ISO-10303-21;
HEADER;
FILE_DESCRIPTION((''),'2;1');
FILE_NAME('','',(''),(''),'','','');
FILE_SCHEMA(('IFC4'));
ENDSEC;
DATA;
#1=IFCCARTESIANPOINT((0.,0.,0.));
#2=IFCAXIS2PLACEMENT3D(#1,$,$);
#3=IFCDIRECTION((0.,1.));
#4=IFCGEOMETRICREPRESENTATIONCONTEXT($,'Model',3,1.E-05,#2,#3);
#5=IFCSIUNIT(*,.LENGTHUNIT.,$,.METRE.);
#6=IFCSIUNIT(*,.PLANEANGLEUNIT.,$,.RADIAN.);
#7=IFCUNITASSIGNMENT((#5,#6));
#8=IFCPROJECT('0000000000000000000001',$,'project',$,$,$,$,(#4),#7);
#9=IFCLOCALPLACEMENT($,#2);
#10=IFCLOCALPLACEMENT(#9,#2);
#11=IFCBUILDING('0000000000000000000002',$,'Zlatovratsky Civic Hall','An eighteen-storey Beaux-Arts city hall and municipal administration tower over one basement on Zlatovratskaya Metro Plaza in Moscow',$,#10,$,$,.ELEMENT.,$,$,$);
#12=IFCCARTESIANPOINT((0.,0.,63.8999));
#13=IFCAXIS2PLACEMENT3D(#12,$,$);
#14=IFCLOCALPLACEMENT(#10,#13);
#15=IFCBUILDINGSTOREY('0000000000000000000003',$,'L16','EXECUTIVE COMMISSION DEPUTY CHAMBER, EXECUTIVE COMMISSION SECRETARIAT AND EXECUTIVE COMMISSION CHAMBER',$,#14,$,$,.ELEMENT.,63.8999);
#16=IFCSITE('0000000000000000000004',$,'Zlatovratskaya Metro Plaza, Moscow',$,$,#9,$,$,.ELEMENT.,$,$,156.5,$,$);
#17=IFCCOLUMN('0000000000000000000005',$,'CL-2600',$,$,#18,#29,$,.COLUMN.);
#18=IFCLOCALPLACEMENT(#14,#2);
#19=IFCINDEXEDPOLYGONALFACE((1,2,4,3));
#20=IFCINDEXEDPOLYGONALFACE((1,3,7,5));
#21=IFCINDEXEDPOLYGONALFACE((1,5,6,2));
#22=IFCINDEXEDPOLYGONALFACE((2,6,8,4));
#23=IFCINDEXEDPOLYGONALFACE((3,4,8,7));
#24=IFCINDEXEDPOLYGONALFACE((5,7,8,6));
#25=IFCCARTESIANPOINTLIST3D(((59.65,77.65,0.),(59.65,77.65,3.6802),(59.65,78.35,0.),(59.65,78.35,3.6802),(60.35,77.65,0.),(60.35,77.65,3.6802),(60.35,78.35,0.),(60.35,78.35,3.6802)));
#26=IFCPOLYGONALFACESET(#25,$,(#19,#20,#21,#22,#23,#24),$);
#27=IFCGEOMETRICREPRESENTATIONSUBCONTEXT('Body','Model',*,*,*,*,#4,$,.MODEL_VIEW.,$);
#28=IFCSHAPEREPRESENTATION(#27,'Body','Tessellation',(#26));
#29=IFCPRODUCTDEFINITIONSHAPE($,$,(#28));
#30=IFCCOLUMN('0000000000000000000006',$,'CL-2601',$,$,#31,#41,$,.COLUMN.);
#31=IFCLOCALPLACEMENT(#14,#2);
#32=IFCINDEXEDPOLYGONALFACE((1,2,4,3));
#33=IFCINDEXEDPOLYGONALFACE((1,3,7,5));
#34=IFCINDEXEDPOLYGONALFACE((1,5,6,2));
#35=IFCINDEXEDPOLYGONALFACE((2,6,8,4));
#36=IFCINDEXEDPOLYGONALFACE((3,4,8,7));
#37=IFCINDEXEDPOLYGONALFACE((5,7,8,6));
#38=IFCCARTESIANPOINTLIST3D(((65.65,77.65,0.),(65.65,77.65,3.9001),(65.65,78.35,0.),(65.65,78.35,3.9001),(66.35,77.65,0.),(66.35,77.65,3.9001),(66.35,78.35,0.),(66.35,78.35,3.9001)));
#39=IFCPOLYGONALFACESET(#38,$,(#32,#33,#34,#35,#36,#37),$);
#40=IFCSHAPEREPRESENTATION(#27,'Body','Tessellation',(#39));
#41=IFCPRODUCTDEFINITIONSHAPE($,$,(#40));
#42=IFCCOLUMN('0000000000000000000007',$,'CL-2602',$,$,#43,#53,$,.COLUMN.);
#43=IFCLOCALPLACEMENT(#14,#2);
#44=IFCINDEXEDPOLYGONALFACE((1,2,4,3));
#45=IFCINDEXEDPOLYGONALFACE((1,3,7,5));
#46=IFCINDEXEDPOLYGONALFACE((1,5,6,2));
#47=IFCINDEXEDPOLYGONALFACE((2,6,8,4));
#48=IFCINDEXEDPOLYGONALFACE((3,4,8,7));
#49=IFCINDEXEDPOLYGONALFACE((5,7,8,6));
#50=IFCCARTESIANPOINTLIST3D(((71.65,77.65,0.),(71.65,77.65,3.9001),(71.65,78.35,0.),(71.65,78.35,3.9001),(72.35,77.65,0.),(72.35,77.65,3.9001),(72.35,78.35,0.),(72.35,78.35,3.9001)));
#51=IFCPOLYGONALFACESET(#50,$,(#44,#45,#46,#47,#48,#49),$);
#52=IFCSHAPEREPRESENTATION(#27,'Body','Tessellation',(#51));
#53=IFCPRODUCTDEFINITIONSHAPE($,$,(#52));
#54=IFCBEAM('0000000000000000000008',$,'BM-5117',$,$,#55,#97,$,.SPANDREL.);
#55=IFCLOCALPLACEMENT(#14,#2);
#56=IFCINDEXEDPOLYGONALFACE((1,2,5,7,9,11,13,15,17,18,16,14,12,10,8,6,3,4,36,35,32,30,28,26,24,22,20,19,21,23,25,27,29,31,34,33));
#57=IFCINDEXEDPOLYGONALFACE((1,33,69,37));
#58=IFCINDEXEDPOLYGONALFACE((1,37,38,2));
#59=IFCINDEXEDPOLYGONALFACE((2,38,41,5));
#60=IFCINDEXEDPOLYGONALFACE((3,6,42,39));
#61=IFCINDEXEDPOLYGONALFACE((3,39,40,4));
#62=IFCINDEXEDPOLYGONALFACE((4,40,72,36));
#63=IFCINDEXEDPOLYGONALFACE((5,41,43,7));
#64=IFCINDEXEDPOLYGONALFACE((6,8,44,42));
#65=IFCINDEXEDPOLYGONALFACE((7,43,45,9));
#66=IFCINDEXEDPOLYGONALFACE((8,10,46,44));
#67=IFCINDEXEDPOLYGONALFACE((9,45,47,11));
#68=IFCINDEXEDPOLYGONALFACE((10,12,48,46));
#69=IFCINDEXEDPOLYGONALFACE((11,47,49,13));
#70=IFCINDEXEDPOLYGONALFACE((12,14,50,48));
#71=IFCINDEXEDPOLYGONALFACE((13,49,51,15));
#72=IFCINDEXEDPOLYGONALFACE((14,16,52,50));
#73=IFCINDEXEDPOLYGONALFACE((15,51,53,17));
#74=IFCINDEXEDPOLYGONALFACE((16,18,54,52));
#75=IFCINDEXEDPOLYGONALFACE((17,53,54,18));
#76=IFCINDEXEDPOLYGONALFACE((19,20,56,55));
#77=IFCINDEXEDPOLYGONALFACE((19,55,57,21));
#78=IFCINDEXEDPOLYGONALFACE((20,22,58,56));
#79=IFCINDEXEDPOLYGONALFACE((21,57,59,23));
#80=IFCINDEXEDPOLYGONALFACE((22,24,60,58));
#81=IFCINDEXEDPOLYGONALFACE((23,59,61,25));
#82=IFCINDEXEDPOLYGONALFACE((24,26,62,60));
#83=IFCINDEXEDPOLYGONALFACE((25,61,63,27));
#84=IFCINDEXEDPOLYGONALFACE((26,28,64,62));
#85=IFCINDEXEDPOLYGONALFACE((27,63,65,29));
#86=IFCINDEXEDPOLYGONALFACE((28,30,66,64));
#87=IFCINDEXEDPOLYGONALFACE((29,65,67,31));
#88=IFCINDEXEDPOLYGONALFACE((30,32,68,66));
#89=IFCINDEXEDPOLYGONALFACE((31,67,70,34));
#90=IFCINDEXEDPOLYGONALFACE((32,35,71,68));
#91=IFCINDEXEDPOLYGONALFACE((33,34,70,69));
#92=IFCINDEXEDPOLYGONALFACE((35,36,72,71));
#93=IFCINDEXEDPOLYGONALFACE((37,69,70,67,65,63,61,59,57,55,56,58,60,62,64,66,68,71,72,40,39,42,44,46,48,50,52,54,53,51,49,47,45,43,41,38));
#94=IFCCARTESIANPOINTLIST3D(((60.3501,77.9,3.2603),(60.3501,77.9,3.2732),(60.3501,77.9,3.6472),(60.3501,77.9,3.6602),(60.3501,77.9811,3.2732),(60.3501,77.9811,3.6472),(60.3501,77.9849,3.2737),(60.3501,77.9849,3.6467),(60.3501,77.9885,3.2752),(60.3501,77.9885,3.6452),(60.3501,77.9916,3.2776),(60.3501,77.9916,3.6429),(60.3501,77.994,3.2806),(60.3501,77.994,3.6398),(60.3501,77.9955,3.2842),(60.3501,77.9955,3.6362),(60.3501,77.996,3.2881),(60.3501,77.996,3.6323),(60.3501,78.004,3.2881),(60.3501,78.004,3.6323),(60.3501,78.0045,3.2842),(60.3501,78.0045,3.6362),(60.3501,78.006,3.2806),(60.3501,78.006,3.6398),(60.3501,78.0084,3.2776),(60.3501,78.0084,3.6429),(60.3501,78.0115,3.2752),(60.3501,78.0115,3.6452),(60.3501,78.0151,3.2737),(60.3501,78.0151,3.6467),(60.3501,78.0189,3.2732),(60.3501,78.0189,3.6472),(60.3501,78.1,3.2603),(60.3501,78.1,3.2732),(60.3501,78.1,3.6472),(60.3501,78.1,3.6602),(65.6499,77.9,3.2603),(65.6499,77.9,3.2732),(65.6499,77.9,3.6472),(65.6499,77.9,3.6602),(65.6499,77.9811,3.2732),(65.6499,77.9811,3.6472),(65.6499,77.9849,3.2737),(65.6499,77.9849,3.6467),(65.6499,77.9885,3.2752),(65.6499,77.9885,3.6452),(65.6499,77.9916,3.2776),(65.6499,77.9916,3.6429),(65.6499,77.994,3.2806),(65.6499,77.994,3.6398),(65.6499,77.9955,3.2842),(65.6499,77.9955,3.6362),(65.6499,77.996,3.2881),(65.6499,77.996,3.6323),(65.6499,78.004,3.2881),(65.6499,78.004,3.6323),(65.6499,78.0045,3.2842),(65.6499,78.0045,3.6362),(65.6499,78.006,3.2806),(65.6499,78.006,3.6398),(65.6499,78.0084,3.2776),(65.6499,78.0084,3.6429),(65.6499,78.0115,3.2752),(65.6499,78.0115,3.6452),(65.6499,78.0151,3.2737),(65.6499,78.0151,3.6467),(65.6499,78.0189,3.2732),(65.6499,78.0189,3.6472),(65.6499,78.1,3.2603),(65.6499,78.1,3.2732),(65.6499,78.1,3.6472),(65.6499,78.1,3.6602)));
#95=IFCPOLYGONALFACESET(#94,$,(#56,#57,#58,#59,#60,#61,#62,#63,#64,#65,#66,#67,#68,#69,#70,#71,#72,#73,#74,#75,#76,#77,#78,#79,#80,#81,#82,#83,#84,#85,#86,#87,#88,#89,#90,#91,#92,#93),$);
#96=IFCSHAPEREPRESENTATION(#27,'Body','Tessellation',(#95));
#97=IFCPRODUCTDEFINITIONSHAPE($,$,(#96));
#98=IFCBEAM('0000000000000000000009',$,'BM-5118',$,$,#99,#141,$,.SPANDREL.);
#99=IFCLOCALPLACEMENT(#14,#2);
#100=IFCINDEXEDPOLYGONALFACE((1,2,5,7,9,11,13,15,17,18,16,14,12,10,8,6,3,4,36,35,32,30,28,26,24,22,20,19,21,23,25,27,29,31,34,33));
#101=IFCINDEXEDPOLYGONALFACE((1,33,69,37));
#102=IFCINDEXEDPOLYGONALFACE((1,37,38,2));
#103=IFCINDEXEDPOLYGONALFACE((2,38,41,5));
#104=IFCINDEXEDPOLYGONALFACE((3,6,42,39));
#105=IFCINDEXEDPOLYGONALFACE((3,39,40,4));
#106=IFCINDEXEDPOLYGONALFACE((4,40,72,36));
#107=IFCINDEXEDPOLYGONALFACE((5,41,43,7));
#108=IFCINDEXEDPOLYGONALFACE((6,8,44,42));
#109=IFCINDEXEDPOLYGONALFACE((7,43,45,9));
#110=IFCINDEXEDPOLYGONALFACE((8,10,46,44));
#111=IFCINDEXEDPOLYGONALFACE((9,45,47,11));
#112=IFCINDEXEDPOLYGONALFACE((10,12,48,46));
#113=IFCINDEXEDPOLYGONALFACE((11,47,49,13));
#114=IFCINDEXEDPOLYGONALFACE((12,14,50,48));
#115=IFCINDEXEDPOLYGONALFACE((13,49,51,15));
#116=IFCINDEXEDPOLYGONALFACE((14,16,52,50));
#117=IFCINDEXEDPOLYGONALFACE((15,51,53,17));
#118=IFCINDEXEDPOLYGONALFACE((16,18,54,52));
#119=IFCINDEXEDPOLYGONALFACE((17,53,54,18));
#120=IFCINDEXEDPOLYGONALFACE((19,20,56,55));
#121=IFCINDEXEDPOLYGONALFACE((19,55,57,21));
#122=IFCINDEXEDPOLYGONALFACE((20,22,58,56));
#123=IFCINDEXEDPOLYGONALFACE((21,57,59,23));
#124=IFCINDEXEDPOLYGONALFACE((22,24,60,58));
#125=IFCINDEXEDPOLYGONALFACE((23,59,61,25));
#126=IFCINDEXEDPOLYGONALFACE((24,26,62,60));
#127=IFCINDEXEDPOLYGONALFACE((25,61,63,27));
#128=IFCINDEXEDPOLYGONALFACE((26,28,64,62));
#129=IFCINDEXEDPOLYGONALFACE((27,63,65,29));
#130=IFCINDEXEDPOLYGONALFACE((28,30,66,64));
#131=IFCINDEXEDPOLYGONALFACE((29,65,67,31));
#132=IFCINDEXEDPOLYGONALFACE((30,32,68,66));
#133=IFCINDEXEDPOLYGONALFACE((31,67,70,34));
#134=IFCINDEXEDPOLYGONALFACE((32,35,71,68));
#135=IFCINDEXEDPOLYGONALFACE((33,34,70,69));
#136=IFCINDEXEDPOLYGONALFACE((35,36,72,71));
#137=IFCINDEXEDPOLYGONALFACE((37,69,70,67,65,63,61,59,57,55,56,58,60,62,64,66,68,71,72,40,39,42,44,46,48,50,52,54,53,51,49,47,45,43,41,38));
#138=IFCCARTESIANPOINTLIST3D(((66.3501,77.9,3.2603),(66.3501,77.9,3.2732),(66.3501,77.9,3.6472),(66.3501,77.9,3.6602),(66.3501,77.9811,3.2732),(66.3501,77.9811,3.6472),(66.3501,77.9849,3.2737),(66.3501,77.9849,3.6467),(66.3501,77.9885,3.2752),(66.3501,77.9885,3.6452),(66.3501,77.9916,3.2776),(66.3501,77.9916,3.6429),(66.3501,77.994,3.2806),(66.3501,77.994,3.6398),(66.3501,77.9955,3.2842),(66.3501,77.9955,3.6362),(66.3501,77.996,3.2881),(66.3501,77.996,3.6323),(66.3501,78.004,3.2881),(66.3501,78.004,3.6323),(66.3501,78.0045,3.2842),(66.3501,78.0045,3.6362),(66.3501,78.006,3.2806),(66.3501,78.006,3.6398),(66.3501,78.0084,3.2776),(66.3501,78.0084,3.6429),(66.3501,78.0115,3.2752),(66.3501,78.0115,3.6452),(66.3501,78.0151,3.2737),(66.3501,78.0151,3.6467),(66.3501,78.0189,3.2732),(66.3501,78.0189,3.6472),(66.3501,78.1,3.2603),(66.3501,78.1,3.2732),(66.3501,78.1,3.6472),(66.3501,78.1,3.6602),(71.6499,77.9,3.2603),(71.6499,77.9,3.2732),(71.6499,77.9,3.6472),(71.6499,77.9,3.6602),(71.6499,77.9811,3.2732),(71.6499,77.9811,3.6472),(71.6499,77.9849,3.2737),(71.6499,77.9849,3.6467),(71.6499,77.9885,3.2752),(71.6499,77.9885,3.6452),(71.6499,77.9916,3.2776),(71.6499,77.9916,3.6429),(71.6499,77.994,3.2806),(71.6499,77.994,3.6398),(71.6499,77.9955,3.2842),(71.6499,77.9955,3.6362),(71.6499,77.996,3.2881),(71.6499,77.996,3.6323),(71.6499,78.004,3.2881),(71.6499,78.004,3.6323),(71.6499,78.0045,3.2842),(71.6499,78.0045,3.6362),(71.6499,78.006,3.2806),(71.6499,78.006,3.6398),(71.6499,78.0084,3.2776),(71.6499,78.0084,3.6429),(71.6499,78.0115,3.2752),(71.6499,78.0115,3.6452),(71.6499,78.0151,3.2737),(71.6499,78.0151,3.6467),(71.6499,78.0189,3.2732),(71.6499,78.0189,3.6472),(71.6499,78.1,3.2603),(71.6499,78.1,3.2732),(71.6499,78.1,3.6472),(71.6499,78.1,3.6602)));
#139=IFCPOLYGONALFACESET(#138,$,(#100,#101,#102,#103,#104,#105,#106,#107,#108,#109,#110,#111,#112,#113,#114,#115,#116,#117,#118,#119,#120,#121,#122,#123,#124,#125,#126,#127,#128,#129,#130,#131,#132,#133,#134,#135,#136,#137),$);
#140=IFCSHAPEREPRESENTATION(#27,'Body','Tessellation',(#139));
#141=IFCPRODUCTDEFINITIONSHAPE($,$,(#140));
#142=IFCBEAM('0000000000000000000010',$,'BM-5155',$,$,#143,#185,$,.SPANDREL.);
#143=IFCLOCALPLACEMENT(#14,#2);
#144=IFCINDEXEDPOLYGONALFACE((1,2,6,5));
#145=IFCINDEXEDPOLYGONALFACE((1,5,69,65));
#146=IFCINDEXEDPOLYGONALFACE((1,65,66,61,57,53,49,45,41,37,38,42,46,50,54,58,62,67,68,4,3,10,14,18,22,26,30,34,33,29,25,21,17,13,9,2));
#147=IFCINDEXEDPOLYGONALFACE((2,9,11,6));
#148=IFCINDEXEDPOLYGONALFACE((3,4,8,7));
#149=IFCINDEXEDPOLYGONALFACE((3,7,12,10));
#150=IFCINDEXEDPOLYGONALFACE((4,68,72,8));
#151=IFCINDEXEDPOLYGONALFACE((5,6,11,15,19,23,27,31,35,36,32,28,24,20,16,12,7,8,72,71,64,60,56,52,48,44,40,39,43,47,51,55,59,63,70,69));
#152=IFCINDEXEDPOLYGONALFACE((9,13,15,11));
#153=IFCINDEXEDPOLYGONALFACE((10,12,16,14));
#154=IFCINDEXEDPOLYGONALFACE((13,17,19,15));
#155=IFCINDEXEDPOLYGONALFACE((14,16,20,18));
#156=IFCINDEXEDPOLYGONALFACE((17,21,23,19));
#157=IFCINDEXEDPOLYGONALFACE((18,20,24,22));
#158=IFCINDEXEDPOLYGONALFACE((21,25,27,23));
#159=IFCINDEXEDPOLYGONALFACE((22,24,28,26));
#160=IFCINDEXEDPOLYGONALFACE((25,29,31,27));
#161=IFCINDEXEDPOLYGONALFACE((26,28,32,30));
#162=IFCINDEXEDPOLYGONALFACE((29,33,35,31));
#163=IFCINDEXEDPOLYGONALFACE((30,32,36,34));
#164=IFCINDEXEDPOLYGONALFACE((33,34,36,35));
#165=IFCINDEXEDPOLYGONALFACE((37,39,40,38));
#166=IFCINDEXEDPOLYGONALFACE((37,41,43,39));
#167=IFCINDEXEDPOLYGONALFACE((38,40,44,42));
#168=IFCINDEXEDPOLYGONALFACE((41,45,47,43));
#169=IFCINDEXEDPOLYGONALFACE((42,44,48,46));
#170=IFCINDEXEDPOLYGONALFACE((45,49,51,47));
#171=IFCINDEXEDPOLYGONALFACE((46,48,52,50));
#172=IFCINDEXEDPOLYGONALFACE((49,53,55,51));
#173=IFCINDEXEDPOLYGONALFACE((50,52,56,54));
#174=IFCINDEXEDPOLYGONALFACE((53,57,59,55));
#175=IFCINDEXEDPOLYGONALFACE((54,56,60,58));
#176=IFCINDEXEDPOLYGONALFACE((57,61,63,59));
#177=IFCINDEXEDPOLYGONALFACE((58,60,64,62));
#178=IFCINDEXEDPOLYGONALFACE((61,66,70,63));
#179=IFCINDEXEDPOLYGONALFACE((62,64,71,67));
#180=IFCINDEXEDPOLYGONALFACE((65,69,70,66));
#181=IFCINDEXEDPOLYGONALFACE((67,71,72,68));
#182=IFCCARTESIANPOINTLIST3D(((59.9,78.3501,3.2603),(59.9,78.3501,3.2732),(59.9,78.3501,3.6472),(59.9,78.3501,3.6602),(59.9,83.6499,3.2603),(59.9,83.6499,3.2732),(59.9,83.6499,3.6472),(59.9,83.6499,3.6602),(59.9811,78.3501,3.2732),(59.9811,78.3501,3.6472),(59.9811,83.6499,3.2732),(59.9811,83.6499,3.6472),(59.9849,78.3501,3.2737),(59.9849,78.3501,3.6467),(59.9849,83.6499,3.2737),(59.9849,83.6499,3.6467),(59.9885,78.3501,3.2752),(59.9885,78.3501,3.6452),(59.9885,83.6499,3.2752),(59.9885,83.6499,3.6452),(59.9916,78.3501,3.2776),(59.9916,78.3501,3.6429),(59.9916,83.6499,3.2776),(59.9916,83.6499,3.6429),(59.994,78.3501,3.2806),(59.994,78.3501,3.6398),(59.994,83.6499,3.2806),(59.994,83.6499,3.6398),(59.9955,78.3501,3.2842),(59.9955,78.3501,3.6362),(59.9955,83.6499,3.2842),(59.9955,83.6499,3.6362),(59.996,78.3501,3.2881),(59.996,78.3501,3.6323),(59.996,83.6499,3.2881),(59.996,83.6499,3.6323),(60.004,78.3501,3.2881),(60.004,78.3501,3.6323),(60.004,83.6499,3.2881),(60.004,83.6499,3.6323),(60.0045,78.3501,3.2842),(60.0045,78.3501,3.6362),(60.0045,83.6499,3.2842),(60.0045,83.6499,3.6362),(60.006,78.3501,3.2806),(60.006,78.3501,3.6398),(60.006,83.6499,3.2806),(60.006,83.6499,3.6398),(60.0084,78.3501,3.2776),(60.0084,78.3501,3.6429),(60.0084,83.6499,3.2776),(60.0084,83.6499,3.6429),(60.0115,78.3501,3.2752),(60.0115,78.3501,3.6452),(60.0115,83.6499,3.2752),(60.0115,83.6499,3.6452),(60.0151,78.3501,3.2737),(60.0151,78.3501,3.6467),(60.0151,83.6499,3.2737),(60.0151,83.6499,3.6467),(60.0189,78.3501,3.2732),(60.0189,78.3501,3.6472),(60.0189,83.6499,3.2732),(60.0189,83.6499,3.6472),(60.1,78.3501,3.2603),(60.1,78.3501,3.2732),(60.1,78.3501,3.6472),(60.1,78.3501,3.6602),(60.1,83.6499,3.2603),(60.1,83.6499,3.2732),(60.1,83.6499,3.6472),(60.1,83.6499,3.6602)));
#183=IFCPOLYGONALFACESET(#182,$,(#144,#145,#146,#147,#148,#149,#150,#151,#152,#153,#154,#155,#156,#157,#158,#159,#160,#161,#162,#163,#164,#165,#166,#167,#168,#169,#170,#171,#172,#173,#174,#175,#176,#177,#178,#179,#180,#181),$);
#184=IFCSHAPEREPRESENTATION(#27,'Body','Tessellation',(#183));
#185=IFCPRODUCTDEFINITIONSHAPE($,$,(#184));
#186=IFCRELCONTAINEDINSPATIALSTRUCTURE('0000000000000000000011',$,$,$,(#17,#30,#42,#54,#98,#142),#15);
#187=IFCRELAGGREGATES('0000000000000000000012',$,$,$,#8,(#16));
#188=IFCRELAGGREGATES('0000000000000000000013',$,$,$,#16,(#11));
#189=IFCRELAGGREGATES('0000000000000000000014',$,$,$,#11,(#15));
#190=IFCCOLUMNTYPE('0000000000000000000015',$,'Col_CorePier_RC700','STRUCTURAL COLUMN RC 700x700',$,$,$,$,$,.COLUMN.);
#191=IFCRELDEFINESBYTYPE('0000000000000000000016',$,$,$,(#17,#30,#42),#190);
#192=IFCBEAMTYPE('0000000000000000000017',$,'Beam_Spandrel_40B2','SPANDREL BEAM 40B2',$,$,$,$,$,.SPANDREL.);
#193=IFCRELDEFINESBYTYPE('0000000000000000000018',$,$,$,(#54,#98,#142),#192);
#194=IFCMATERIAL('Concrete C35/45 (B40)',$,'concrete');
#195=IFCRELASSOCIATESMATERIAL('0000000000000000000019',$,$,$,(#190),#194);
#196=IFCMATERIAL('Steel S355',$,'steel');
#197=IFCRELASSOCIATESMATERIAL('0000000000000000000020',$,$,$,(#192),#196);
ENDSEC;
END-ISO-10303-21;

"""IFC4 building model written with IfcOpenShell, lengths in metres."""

from ifc_helpers import new_model, si_unit, direction, frame, origin, origin_2d, place, context, subcontext, project, spatial, rectangle, i_section, extrude, material, material_profile, profile_set, type_object, element, save


model = new_model("IFC4")

# Units and contexts
model_context = context("Model", 3, precision=1e-05, world=origin(), true_north=direction((0.0, 1.0)))
body_context = subcontext(model_context, "Body", "Model", "MODEL_VIEW")
ifc_project = project(units=[si_unit("LENGTHUNIT", "METRE"), si_unit("PLANEANGLEUNIT", "RADIAN")], contexts=[model_context])

# Site, building, storey
site_placement = place(None, origin())
site = spatial("IfcSite", under=ifc_project, at=site_placement, Name="Zlatovratskaya Metro Plaza, Moscow", CompositionType="ELEMENT", RefElevation=156.5)
building_placement = place(site_placement, origin())
building = spatial("IfcBuilding", under=site, at=building_placement, Name="Zlatovratsky Civic Hall", Description="An eighteen-storey Beaux-Arts city hall and municipal administration tower over one basement on Zlatovratskaya Metro Plaza in Moscow", CompositionType="ELEMENT")
storey_placement = place(building_placement, frame((0.0, 0.0, 63.8999)))
storey = spatial("IfcBuildingStorey", under=building, at=storey_placement, Name="L16", Description="EXECUTIVE COMMISSION DEPUTY CHAMBER, EXECUTIVE COMMISSION SECRETARIAT AND EXECUTIVE COMMISSION CHAMBER", CompositionType="ELEMENT", Elevation=63.8999)

# Columns
ifc_material_1 = material(Name="Concrete C35/45 (B40)", Category="concrete")
ifc_material_profile_1 = material_profile(ifc_material_1, rectangle(XDim=0.7, YDim=0.7, at=origin_2d()), Name="RC 700x700")
ifc_profile_set_1 = profile_set([ifc_material_profile_1], Name="Concrete C35/45 (B40)")
column_type = type_object("IfcColumnType", Name="Col_CorePier_RC700", Description="STRUCTURAL COLUMN RC 700x700", PredefinedType="COLUMN", material=ifc_profile_set_1)
column_placement = place(storey_placement, frame((60.0, 78.0, 0.0), z_axis=(0.0, 0.0, 1.0), x_axis=(1.0, 0.0, 0.0)))
element("IfcColumn", 1, at=column_placement, inside=storey, type_object=column_type, Name="CL-2600", PredefinedType="COLUMN", context=body_context, shape_type="SweptSolid", body=[
    extrude(rectangle(XDim=0.7, YDim=0.7, at=origin_2d()), origin(), (0.0, 0.0, 1.0), 3.6802),
])
for number, where, z_axis, x_axis, name in (
    (2, (66.0, 78.0, 0.0), (0.0, 0.0, 1.0), (1.0, 0.0, 0.0), "CL-2601"),
    (3, (72.0, 78.0, 0.0), (0.0, 0.0, 1.0), (1.0, 0.0, 0.0), "CL-2602"),
):
    element("IfcColumn", number, at=place(storey_placement, frame(where, z_axis=z_axis, x_axis=x_axis)), inside=storey, type_object=column_type, Name=name, PredefinedType="COLUMN", context=body_context, shape_type="SweptSolid", body=[
        extrude(rectangle(XDim=0.7, YDim=0.7, at=origin_2d()), origin(), (0.0, 0.0, 1.0), 3.9001),
    ])

# Beams
ifc_material_2 = material(Name="Steel S355", Category="steel")
ifc_material_profile_2 = material_profile(ifc_material_2, i_section(OverallWidth=0.2, OverallDepth=0.3999, WebThickness=0.0081, FlangeThickness=0.0129, FilletRadius=0.0149, at=origin_2d()), Name="40B2")
ifc_profile_set_2 = profile_set([ifc_material_profile_2], Name="Steel S355")
beam_type_1 = type_object("IfcBeamType", Name="Beam_Spandrel_40B2", Description="SPANDREL BEAM 40B2", PredefinedType="SPANDREL", material=ifc_profile_set_2)
for number, where, z_axis, x_axis, name in (
    (4, (60.3501, 78.0, 3.4602), (1.0, 0.0, 0.0), (0.0, 1.0, 0.0), "BM-5117"),
    (5, (66.3501, 78.0, 3.4602), (1.0, 0.0, 0.0), (0.0, 1.0, 0.0), "BM-5118"),
    (6, (60.0, 78.3501, 3.4602), (0.0, 1.0, 0.0), (-1.0, 0.0, 0.0), "BM-5155"),
):
    element("IfcBeam", number, at=place(storey_placement, frame(where, z_axis=z_axis, x_axis=x_axis)), inside=storey, type_object=beam_type_1, Name=name, PredefinedType="SPANDREL", context=body_context, shape_type="SweptSolid", body=[
        extrude(i_section(OverallWidth=0.2, OverallDepth=0.3999, WebThickness=0.0081, FlangeThickness=0.0129, FilletRadius=0.0149, at=origin_2d()), origin(), (0.0, 0.0, 1.0), 5.2998),
    ])

save(model, "model.ifc")
